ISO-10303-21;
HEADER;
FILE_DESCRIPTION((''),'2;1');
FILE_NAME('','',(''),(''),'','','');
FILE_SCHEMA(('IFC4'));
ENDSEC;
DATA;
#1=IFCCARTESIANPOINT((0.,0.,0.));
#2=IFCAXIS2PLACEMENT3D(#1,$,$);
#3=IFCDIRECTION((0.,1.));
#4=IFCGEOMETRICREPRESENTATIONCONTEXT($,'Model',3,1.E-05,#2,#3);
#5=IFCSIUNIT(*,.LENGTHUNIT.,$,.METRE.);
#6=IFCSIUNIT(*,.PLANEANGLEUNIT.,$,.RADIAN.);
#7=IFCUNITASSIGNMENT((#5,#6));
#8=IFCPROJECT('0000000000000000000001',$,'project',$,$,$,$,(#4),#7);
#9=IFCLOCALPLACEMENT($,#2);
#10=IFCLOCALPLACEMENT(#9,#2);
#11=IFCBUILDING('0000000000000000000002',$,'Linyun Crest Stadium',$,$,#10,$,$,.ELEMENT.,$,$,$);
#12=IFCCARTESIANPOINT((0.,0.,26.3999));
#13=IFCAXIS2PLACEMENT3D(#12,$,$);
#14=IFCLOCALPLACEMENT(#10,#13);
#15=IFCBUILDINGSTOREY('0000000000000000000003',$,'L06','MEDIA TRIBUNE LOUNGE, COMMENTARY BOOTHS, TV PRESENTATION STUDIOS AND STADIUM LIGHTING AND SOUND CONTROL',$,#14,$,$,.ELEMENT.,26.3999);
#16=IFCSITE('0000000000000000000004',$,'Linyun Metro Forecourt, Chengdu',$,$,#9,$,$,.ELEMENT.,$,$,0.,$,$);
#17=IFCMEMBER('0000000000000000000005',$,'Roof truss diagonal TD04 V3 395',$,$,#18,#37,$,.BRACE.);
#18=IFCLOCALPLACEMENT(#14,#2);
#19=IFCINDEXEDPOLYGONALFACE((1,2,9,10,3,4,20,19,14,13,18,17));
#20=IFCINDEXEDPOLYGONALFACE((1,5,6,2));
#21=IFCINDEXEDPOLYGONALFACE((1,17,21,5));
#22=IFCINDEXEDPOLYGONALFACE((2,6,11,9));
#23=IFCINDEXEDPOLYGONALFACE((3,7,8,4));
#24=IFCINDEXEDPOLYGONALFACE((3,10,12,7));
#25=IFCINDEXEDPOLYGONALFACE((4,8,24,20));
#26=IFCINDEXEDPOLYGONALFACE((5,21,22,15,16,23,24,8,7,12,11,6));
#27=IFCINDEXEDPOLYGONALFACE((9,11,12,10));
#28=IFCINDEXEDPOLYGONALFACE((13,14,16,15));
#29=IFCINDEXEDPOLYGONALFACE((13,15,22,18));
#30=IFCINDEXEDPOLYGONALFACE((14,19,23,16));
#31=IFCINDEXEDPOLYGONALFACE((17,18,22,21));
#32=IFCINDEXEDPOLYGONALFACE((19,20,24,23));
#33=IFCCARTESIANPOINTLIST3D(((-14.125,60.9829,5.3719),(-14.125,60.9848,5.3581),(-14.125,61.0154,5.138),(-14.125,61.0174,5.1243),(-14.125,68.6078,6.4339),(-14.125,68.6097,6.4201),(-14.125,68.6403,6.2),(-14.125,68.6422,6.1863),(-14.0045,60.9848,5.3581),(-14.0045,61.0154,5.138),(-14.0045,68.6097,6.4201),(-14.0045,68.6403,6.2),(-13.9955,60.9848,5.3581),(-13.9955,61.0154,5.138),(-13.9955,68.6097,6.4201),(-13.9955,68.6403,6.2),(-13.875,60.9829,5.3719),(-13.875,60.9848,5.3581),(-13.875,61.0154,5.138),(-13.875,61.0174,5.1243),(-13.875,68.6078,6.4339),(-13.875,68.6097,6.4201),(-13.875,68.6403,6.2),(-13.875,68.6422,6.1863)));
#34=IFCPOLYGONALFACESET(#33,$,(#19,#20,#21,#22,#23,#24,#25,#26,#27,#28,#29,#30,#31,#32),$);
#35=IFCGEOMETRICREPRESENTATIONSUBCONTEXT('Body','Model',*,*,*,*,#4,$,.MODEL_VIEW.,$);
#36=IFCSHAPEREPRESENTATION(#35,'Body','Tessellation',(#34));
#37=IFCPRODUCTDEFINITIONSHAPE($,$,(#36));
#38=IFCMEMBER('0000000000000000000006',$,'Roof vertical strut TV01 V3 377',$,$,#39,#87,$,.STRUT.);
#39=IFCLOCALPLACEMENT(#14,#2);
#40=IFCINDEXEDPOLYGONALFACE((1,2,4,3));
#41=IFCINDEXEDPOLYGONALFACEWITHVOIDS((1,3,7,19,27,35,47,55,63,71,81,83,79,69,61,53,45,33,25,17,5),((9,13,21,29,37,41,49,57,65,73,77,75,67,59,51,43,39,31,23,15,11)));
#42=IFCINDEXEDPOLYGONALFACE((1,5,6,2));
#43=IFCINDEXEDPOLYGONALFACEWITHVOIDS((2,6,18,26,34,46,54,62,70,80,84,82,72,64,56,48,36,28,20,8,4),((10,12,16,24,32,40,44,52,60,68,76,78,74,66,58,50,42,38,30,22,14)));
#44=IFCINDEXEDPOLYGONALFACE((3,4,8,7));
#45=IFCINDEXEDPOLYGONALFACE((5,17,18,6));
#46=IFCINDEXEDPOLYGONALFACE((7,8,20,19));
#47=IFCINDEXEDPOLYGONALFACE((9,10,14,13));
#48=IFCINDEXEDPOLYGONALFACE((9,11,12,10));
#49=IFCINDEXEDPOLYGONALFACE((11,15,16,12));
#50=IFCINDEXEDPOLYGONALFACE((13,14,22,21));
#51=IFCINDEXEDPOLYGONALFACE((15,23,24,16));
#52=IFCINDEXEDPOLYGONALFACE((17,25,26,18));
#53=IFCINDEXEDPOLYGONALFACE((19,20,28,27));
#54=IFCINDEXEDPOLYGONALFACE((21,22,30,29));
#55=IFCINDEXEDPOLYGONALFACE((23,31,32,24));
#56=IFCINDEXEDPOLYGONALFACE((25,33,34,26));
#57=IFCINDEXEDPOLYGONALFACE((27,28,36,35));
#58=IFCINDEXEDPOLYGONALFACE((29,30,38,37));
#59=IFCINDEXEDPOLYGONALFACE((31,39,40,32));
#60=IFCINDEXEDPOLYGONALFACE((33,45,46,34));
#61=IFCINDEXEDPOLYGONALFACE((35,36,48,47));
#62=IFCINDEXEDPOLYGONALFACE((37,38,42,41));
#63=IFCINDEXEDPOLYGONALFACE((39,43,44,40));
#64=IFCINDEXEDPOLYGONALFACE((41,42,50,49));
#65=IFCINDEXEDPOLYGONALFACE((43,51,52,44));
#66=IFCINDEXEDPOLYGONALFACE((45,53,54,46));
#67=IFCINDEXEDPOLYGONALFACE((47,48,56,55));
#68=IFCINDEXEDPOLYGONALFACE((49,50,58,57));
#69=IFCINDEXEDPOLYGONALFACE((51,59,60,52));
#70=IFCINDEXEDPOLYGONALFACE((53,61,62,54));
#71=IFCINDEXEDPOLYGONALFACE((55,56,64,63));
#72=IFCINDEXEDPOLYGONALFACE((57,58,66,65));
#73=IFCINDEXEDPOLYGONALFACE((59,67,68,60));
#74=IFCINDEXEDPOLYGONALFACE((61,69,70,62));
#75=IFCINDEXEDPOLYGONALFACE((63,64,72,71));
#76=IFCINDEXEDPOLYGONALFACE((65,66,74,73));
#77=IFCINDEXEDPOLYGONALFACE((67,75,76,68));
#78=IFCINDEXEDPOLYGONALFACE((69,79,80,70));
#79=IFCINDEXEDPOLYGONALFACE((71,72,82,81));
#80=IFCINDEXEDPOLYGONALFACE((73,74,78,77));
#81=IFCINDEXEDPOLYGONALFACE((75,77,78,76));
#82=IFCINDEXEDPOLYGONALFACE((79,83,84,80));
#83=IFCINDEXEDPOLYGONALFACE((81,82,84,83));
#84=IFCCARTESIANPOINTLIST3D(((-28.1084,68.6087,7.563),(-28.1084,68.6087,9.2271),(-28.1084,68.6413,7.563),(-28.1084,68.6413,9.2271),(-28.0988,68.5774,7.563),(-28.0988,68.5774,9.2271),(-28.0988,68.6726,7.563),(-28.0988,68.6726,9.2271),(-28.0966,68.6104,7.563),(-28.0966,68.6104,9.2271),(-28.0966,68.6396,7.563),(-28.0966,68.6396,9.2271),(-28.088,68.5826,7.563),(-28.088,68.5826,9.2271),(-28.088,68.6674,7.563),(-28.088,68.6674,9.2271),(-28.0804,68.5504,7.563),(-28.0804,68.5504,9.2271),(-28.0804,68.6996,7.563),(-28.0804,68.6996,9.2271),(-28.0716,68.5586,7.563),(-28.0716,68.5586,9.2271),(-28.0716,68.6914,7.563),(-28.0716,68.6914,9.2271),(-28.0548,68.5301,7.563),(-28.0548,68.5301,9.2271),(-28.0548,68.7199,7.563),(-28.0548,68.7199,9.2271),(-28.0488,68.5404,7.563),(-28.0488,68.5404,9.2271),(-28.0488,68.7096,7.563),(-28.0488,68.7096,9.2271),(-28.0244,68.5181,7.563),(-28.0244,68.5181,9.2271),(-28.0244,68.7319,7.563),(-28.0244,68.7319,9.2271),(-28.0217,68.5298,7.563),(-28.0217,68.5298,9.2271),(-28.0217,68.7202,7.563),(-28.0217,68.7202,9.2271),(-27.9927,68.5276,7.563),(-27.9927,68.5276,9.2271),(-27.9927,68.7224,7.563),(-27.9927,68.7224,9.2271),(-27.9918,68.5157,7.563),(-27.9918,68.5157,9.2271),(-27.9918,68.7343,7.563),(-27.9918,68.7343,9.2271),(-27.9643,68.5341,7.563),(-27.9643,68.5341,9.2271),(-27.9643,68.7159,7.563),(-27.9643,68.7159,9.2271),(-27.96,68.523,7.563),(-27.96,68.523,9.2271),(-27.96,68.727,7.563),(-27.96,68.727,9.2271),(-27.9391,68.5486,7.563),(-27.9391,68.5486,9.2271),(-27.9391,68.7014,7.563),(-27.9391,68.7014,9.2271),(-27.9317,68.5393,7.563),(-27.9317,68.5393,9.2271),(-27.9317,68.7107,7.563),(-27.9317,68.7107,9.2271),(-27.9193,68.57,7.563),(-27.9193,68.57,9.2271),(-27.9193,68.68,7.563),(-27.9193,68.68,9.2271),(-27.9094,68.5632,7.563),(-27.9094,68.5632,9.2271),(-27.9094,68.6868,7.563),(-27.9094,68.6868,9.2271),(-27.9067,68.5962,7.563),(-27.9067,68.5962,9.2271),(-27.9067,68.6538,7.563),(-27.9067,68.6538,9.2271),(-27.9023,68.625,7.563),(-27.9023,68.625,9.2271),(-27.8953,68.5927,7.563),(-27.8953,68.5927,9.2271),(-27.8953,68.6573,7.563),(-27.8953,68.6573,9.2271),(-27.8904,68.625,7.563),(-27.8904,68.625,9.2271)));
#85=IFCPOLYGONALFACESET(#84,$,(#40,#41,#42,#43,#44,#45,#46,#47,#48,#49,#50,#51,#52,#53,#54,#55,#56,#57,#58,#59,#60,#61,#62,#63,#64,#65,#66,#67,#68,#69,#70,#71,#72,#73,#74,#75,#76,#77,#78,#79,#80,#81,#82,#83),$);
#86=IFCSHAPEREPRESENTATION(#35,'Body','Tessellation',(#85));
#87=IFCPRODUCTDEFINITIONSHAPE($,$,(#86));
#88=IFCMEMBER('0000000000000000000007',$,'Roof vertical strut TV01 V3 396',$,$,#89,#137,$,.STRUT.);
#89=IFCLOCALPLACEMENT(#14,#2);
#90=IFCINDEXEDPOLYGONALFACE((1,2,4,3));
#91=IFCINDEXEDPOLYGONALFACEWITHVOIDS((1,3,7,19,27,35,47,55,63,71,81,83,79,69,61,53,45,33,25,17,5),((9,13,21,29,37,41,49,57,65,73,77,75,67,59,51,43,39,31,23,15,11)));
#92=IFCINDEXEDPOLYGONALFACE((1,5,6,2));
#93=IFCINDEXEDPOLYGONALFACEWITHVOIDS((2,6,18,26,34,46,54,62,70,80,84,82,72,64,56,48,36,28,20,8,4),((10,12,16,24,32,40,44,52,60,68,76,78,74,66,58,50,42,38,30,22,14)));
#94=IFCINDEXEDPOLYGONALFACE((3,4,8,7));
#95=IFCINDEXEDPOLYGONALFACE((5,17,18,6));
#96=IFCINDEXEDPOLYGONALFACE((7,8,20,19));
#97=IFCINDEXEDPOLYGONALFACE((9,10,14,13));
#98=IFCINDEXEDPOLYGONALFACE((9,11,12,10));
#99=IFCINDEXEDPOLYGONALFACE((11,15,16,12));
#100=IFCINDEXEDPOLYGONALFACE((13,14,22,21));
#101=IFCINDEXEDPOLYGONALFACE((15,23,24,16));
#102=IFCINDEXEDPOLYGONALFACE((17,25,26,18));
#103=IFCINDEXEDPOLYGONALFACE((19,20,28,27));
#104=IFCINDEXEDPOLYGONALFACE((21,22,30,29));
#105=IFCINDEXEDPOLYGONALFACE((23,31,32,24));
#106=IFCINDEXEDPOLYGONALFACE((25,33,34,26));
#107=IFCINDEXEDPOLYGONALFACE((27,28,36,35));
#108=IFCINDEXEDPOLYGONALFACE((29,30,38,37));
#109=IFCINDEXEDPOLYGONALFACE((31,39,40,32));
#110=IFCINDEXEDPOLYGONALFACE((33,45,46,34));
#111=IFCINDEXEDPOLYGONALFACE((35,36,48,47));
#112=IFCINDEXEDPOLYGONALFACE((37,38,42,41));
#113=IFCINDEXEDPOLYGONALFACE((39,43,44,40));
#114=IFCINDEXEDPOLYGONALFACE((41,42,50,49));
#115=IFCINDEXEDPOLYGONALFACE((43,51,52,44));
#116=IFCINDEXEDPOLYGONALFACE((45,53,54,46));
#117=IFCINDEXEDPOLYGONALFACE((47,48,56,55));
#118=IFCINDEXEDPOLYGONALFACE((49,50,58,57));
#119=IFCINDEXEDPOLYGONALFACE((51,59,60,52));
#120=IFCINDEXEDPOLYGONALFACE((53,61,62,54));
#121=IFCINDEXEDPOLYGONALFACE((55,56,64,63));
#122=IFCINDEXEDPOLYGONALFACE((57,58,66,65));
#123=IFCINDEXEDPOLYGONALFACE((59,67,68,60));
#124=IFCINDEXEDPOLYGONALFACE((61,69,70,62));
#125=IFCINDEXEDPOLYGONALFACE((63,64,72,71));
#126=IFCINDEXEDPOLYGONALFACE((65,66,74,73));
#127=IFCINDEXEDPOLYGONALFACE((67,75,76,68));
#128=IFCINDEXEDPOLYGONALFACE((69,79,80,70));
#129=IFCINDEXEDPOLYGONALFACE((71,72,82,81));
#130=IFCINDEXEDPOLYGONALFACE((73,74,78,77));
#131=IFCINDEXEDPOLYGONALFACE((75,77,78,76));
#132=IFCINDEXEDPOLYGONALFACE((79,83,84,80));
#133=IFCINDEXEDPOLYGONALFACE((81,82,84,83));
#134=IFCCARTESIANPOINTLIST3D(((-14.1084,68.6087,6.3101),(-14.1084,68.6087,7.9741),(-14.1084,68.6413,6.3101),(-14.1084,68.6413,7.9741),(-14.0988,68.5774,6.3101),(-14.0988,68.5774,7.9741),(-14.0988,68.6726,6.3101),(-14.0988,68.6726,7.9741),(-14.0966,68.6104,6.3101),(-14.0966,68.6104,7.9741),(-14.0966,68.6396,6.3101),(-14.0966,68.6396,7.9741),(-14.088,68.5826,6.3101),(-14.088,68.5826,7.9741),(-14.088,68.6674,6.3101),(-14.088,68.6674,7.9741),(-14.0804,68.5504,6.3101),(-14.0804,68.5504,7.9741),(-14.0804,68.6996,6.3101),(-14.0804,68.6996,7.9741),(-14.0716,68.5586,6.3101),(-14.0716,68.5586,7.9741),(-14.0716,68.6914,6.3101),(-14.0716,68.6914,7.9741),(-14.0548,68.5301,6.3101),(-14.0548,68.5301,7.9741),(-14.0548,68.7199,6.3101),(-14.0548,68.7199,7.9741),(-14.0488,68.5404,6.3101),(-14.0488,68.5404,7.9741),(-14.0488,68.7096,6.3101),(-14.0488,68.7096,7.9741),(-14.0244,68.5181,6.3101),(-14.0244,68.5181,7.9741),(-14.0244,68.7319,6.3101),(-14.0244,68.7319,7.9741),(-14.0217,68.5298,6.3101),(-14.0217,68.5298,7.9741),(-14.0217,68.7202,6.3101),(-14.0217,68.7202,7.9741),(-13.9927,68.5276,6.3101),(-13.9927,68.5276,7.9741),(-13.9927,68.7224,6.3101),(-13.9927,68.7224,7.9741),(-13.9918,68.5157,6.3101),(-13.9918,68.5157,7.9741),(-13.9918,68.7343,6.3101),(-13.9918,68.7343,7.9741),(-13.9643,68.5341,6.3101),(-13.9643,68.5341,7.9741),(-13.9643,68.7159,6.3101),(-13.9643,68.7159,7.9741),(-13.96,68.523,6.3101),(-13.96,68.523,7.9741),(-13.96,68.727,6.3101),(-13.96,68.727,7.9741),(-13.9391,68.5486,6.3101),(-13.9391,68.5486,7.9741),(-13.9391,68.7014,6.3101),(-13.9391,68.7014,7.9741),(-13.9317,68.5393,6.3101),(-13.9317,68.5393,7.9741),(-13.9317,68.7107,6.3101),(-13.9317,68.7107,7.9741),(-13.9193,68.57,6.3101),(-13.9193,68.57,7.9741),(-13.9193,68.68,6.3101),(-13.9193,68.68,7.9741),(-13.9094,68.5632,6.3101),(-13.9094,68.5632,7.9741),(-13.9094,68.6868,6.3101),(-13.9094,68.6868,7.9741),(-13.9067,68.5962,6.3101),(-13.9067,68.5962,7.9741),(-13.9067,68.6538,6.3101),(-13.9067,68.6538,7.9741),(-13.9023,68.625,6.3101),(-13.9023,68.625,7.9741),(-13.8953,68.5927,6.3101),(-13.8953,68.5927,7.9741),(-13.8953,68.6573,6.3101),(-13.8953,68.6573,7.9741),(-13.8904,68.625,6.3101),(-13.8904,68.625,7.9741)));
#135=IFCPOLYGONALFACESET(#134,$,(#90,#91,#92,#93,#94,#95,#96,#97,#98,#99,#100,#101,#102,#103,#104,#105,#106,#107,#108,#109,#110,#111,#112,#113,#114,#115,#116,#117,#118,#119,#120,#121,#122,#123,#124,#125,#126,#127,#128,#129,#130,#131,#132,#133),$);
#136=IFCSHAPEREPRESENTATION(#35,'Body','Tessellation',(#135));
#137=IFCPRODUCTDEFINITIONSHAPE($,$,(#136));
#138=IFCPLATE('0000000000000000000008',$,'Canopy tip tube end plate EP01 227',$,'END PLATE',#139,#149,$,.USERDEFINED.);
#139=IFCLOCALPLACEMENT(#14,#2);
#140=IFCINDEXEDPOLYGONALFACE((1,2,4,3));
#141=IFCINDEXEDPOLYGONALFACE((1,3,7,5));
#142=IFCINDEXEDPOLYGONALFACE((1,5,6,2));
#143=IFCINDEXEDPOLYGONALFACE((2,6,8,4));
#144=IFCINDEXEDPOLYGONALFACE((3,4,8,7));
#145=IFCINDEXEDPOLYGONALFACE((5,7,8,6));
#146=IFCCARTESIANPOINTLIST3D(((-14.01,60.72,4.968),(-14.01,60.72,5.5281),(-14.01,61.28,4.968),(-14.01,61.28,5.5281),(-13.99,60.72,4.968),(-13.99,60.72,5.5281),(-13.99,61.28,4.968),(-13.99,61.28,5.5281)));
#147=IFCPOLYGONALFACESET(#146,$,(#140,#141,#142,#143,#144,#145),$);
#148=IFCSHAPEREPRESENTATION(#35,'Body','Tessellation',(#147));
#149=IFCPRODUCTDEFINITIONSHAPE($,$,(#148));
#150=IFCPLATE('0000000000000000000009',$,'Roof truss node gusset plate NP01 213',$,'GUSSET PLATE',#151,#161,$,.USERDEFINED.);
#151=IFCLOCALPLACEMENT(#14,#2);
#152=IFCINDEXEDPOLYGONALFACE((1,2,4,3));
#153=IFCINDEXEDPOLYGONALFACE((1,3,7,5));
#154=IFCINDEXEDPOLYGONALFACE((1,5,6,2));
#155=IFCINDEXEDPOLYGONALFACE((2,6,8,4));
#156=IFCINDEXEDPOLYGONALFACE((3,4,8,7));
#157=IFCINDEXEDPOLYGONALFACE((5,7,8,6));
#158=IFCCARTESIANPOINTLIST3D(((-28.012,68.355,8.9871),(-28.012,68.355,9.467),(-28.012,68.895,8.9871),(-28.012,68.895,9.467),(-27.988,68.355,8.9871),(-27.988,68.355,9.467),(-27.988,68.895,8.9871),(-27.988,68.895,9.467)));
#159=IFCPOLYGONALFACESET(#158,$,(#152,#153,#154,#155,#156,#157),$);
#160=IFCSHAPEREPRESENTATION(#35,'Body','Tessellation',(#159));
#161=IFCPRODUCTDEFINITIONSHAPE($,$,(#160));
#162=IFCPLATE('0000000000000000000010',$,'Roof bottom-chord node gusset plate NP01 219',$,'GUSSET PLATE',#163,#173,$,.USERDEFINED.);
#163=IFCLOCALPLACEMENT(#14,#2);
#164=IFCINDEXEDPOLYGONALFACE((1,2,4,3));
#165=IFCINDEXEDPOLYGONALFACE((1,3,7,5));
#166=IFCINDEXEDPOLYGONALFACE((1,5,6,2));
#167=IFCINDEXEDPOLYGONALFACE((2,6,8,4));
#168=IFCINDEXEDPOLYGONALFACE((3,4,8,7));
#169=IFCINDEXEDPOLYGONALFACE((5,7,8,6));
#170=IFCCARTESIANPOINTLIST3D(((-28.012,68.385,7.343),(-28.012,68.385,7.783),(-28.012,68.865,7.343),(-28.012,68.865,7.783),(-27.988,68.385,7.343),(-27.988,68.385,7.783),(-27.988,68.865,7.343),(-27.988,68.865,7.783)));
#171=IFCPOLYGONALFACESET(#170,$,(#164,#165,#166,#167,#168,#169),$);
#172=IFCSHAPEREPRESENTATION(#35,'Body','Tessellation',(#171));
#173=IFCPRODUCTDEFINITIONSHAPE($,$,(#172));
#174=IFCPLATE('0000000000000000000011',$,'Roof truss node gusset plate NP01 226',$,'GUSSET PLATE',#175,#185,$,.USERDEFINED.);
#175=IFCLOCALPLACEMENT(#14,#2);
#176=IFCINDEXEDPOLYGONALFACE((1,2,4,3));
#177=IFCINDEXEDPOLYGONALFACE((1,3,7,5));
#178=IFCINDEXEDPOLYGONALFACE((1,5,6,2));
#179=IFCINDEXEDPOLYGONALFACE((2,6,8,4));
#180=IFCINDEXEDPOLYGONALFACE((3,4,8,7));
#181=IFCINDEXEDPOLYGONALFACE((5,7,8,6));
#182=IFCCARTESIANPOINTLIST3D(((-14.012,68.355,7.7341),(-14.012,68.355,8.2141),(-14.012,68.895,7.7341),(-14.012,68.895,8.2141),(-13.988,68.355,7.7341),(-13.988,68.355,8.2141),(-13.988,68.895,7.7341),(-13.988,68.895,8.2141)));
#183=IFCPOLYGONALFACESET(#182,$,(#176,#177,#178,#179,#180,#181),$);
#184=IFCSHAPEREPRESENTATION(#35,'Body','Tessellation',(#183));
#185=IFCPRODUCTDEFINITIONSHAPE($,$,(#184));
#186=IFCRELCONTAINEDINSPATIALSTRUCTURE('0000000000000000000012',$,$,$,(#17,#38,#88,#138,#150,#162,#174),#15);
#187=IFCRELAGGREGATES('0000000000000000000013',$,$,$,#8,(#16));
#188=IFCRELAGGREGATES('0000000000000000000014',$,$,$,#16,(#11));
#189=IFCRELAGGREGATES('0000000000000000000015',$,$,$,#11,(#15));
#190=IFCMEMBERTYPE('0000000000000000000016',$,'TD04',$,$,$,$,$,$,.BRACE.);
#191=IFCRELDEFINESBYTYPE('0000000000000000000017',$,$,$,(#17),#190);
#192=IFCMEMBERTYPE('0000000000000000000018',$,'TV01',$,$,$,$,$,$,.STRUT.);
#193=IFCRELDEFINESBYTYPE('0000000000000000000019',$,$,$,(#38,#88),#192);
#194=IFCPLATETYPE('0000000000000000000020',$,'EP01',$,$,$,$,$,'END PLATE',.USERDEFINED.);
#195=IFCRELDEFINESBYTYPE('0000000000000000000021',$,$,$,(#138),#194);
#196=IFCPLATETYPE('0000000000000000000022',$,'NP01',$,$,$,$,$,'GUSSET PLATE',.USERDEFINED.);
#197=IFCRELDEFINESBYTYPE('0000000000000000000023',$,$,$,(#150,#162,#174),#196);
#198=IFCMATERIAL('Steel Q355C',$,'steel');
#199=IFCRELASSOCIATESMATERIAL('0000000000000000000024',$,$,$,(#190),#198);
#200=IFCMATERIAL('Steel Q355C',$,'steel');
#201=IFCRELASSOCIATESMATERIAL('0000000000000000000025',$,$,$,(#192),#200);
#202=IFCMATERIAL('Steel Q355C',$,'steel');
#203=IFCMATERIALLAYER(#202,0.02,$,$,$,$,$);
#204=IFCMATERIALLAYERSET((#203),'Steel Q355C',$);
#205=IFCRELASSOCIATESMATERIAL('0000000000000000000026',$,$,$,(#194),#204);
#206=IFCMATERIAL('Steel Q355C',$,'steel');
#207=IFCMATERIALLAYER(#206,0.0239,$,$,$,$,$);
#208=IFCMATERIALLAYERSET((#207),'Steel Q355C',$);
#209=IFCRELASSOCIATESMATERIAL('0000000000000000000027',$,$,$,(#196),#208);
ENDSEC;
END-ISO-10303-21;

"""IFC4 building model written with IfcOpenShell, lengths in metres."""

from ifc_helpers import new_model, si_unit, direction, frame, origin, origin_2d, place, context, subcontext, project, spatial, rectangle, hollow_circle, i_section, extrude, material, layer, layer_set, material_profile, profile_set, type_object, element, save


model = new_model("IFC4")

# Units and contexts
model_context = context("Model", 3, precision=1e-05, world=origin(), true_north=direction((0.0, 1.0)))
body_context = subcontext(model_context, "Body", "Model", "MODEL_VIEW")
ifc_project = project(units=[si_unit("LENGTHUNIT", "METRE"), si_unit("PLANEANGLEUNIT", "RADIAN")], contexts=[model_context])

# Site, building, storey
site_placement = place(None, origin())
site = spatial("IfcSite", under=ifc_project, at=site_placement, Name="Linyun Metro Forecourt, Chengdu", CompositionType="ELEMENT", RefElevation=0.0)
building_placement = place(site_placement, origin())
building = spatial("IfcBuilding", under=site, at=building_placement, Name="Linyun Crest Stadium", CompositionType="ELEMENT")
storey_placement = place(building_placement, frame((0.0, 0.0, 26.3999)))
storey = spatial("IfcBuildingStorey", under=building, at=storey_placement, Name="L06", Description="MEDIA TRIBUNE LOUNGE, COMMENTARY BOOTHS, TV PRESENTATION STUDIOS AND STADIUM LIGHTING AND SOUND CONTROL", CompositionType="ELEMENT", Elevation=26.3999)

# Members
ifc_material_1 = material(Name="Steel Q355C", Category="steel")
ifc_material_profile_1 = material_profile(ifc_material_1, i_section(OverallWidth=0.25, OverallDepth=0.25, WebThickness=0.009, FlangeThickness=0.0139, at=origin_2d()), Name="HW 250x250")
ifc_profile_set_1 = profile_set([ifc_material_profile_1], Name="Steel Q355C")
member_type_1 = type_object("IfcMemberType", Name="TD04", PredefinedType="BRACE", material=ifc_profile_set_1)
member_1_placement = place(storey_placement, frame((-14.0, 68.625, 6.3101), z_axis=(0.0, -0.990439, -0.137949), x_axis=(1.0, 0.0, 0.0)))
element("IfcMember", 1, at=member_1_placement, inside=storey, type_object=member_type_1, Name="Roof truss diagonal TD04 V3 395", PredefinedType="BRACE", context=body_context, shape_type="SweptSolid", body=[
    extrude(i_section(OverallWidth=0.25, OverallDepth=0.25, WebThickness=0.009, FlangeThickness=0.0139, at=origin_2d()), origin(), (0.0, 0.0, 1.0), 7.6985),
])
ifc_material_2 = material(Name="Steel Q355C", Category="steel")
ifc_material_profile_2 = material_profile(ifc_material_2, hollow_circle(Radius=0.1096, WallThickness=0.012, at=origin_2d()), Name="CHS 219x12")
ifc_profile_set_2 = profile_set([ifc_material_profile_2], Name="Steel Q355C")
member_type_2 = type_object("IfcMemberType", Name="TV01", PredefinedType="STRUT", material=ifc_profile_set_2)
for number, where, z_axis, x_axis, name in (
    (2, (-28.0, 68.625, 7.563), (0.0, 0.0, 1.0), (1.0, 0.0, 0.0), "Roof vertical strut TV01 V3 377"),
    (3, (-14.0, 68.625, 6.3101), (0.0, 0.0, 1.0), (1.0, 0.0, 0.0), "Roof vertical strut TV01 V3 396"),
):
    element("IfcMember", number, at=place(storey_placement, frame(where, z_axis=z_axis, x_axis=x_axis)), inside=storey, type_object=member_type_2, Name=name, PredefinedType="STRUT", context=body_context, shape_type="SweptSolid", body=[
        extrude(hollow_circle(Radius=0.1096, WallThickness=0.012, at=origin_2d()), origin(), (0.0, 0.0, 1.0), 1.6641),
    ])

# Plates
ifc_material_3 = material(Name="Steel Q355C", Category="steel")
ifc_layer_1 = layer(ifc_material_3, 0.02)
ifc_layer_set_1 = layer_set([ifc_layer_1], Name="Steel Q355C")
plate_type_1 = type_object("IfcPlateType", Name="EP01", ElementType="END PLATE", PredefinedType="USERDEFINED", material=ifc_layer_set_1)
plate_1_placement = place(storey_placement, frame((-14.0, 61.0, 4.968), z_axis=(0.0, 0.0, 1.0), x_axis=(0.0, 1.0, 0.0)))
element("IfcPlate", 4, at=plate_1_placement, inside=storey, type_object=plate_type_1, Name="Canopy tip tube end plate EP01 227", ObjectType="END PLATE", PredefinedType="USERDEFINED", context=body_context, shape_type="SweptSolid", body=[
    extrude(rectangle(XDim=0.5601, YDim=0.02, at=origin_2d()), origin(), (0.0, 0.0, 1.0), 0.5601),
])
ifc_material_4 = material(Name="Steel Q355C", Category="steel")
ifc_layer_2 = layer(ifc_material_4, 0.0239)
ifc_layer_set_2 = layer_set([ifc_layer_2], Name="Steel Q355C")
plate_type_2 = type_object("IfcPlateType", Name="NP01", ElementType="GUSSET PLATE", PredefinedType="USERDEFINED", material=ifc_layer_set_2)
plate_2_placement = place(storey_placement, frame((-28.0, 68.625, 8.9871), z_axis=(0.0, 0.0, 1.0), x_axis=(0.0, 1.0, 0.0)))
element("IfcPlate", 5, at=plate_2_placement, inside=storey, type_object=plate_type_2, Name="Roof truss node gusset plate NP01 213", ObjectType="GUSSET PLATE", PredefinedType="USERDEFINED", context=body_context, shape_type="SweptSolid", body=[
    extrude(rectangle(XDim=0.54, YDim=0.0239, at=origin_2d()), origin(), (0.0, 0.0, 1.0), 0.48),
])
plate_3_placement = place(storey_placement, frame((-28.0, 68.625, 7.343), z_axis=(0.0, 0.0, 1.0), x_axis=(0.0, 1.0, 0.0)))
element("IfcPlate", 6, at=plate_3_placement, inside=storey, type_object=plate_type_2, Name="Roof bottom-chord node gusset plate NP01 219", ObjectType="GUSSET PLATE", PredefinedType="USERDEFINED", context=body_context, shape_type="SweptSolid", body=[
    extrude(rectangle(XDim=0.48, YDim=0.0239, at=origin_2d()), origin(), (0.0, 0.0, 1.0), 0.4399),
])
plate_4_placement = place(storey_placement, frame((-14.0, 68.625, 7.7341), z_axis=(0.0, 0.0, 1.0), x_axis=(0.0, 1.0, 0.0)))
element("IfcPlate", 7, at=plate_4_placement, inside=storey, type_object=plate_type_2, Name="Roof truss node gusset plate NP01 226", ObjectType="GUSSET PLATE", PredefinedType="USERDEFINED", context=body_context, shape_type="SweptSolid", body=[
    extrude(rectangle(XDim=0.54, YDim=0.0239, at=origin_2d()), origin(), (0.0, 0.0, 1.0), 0.48),
])

save(model, "model.ifc")
